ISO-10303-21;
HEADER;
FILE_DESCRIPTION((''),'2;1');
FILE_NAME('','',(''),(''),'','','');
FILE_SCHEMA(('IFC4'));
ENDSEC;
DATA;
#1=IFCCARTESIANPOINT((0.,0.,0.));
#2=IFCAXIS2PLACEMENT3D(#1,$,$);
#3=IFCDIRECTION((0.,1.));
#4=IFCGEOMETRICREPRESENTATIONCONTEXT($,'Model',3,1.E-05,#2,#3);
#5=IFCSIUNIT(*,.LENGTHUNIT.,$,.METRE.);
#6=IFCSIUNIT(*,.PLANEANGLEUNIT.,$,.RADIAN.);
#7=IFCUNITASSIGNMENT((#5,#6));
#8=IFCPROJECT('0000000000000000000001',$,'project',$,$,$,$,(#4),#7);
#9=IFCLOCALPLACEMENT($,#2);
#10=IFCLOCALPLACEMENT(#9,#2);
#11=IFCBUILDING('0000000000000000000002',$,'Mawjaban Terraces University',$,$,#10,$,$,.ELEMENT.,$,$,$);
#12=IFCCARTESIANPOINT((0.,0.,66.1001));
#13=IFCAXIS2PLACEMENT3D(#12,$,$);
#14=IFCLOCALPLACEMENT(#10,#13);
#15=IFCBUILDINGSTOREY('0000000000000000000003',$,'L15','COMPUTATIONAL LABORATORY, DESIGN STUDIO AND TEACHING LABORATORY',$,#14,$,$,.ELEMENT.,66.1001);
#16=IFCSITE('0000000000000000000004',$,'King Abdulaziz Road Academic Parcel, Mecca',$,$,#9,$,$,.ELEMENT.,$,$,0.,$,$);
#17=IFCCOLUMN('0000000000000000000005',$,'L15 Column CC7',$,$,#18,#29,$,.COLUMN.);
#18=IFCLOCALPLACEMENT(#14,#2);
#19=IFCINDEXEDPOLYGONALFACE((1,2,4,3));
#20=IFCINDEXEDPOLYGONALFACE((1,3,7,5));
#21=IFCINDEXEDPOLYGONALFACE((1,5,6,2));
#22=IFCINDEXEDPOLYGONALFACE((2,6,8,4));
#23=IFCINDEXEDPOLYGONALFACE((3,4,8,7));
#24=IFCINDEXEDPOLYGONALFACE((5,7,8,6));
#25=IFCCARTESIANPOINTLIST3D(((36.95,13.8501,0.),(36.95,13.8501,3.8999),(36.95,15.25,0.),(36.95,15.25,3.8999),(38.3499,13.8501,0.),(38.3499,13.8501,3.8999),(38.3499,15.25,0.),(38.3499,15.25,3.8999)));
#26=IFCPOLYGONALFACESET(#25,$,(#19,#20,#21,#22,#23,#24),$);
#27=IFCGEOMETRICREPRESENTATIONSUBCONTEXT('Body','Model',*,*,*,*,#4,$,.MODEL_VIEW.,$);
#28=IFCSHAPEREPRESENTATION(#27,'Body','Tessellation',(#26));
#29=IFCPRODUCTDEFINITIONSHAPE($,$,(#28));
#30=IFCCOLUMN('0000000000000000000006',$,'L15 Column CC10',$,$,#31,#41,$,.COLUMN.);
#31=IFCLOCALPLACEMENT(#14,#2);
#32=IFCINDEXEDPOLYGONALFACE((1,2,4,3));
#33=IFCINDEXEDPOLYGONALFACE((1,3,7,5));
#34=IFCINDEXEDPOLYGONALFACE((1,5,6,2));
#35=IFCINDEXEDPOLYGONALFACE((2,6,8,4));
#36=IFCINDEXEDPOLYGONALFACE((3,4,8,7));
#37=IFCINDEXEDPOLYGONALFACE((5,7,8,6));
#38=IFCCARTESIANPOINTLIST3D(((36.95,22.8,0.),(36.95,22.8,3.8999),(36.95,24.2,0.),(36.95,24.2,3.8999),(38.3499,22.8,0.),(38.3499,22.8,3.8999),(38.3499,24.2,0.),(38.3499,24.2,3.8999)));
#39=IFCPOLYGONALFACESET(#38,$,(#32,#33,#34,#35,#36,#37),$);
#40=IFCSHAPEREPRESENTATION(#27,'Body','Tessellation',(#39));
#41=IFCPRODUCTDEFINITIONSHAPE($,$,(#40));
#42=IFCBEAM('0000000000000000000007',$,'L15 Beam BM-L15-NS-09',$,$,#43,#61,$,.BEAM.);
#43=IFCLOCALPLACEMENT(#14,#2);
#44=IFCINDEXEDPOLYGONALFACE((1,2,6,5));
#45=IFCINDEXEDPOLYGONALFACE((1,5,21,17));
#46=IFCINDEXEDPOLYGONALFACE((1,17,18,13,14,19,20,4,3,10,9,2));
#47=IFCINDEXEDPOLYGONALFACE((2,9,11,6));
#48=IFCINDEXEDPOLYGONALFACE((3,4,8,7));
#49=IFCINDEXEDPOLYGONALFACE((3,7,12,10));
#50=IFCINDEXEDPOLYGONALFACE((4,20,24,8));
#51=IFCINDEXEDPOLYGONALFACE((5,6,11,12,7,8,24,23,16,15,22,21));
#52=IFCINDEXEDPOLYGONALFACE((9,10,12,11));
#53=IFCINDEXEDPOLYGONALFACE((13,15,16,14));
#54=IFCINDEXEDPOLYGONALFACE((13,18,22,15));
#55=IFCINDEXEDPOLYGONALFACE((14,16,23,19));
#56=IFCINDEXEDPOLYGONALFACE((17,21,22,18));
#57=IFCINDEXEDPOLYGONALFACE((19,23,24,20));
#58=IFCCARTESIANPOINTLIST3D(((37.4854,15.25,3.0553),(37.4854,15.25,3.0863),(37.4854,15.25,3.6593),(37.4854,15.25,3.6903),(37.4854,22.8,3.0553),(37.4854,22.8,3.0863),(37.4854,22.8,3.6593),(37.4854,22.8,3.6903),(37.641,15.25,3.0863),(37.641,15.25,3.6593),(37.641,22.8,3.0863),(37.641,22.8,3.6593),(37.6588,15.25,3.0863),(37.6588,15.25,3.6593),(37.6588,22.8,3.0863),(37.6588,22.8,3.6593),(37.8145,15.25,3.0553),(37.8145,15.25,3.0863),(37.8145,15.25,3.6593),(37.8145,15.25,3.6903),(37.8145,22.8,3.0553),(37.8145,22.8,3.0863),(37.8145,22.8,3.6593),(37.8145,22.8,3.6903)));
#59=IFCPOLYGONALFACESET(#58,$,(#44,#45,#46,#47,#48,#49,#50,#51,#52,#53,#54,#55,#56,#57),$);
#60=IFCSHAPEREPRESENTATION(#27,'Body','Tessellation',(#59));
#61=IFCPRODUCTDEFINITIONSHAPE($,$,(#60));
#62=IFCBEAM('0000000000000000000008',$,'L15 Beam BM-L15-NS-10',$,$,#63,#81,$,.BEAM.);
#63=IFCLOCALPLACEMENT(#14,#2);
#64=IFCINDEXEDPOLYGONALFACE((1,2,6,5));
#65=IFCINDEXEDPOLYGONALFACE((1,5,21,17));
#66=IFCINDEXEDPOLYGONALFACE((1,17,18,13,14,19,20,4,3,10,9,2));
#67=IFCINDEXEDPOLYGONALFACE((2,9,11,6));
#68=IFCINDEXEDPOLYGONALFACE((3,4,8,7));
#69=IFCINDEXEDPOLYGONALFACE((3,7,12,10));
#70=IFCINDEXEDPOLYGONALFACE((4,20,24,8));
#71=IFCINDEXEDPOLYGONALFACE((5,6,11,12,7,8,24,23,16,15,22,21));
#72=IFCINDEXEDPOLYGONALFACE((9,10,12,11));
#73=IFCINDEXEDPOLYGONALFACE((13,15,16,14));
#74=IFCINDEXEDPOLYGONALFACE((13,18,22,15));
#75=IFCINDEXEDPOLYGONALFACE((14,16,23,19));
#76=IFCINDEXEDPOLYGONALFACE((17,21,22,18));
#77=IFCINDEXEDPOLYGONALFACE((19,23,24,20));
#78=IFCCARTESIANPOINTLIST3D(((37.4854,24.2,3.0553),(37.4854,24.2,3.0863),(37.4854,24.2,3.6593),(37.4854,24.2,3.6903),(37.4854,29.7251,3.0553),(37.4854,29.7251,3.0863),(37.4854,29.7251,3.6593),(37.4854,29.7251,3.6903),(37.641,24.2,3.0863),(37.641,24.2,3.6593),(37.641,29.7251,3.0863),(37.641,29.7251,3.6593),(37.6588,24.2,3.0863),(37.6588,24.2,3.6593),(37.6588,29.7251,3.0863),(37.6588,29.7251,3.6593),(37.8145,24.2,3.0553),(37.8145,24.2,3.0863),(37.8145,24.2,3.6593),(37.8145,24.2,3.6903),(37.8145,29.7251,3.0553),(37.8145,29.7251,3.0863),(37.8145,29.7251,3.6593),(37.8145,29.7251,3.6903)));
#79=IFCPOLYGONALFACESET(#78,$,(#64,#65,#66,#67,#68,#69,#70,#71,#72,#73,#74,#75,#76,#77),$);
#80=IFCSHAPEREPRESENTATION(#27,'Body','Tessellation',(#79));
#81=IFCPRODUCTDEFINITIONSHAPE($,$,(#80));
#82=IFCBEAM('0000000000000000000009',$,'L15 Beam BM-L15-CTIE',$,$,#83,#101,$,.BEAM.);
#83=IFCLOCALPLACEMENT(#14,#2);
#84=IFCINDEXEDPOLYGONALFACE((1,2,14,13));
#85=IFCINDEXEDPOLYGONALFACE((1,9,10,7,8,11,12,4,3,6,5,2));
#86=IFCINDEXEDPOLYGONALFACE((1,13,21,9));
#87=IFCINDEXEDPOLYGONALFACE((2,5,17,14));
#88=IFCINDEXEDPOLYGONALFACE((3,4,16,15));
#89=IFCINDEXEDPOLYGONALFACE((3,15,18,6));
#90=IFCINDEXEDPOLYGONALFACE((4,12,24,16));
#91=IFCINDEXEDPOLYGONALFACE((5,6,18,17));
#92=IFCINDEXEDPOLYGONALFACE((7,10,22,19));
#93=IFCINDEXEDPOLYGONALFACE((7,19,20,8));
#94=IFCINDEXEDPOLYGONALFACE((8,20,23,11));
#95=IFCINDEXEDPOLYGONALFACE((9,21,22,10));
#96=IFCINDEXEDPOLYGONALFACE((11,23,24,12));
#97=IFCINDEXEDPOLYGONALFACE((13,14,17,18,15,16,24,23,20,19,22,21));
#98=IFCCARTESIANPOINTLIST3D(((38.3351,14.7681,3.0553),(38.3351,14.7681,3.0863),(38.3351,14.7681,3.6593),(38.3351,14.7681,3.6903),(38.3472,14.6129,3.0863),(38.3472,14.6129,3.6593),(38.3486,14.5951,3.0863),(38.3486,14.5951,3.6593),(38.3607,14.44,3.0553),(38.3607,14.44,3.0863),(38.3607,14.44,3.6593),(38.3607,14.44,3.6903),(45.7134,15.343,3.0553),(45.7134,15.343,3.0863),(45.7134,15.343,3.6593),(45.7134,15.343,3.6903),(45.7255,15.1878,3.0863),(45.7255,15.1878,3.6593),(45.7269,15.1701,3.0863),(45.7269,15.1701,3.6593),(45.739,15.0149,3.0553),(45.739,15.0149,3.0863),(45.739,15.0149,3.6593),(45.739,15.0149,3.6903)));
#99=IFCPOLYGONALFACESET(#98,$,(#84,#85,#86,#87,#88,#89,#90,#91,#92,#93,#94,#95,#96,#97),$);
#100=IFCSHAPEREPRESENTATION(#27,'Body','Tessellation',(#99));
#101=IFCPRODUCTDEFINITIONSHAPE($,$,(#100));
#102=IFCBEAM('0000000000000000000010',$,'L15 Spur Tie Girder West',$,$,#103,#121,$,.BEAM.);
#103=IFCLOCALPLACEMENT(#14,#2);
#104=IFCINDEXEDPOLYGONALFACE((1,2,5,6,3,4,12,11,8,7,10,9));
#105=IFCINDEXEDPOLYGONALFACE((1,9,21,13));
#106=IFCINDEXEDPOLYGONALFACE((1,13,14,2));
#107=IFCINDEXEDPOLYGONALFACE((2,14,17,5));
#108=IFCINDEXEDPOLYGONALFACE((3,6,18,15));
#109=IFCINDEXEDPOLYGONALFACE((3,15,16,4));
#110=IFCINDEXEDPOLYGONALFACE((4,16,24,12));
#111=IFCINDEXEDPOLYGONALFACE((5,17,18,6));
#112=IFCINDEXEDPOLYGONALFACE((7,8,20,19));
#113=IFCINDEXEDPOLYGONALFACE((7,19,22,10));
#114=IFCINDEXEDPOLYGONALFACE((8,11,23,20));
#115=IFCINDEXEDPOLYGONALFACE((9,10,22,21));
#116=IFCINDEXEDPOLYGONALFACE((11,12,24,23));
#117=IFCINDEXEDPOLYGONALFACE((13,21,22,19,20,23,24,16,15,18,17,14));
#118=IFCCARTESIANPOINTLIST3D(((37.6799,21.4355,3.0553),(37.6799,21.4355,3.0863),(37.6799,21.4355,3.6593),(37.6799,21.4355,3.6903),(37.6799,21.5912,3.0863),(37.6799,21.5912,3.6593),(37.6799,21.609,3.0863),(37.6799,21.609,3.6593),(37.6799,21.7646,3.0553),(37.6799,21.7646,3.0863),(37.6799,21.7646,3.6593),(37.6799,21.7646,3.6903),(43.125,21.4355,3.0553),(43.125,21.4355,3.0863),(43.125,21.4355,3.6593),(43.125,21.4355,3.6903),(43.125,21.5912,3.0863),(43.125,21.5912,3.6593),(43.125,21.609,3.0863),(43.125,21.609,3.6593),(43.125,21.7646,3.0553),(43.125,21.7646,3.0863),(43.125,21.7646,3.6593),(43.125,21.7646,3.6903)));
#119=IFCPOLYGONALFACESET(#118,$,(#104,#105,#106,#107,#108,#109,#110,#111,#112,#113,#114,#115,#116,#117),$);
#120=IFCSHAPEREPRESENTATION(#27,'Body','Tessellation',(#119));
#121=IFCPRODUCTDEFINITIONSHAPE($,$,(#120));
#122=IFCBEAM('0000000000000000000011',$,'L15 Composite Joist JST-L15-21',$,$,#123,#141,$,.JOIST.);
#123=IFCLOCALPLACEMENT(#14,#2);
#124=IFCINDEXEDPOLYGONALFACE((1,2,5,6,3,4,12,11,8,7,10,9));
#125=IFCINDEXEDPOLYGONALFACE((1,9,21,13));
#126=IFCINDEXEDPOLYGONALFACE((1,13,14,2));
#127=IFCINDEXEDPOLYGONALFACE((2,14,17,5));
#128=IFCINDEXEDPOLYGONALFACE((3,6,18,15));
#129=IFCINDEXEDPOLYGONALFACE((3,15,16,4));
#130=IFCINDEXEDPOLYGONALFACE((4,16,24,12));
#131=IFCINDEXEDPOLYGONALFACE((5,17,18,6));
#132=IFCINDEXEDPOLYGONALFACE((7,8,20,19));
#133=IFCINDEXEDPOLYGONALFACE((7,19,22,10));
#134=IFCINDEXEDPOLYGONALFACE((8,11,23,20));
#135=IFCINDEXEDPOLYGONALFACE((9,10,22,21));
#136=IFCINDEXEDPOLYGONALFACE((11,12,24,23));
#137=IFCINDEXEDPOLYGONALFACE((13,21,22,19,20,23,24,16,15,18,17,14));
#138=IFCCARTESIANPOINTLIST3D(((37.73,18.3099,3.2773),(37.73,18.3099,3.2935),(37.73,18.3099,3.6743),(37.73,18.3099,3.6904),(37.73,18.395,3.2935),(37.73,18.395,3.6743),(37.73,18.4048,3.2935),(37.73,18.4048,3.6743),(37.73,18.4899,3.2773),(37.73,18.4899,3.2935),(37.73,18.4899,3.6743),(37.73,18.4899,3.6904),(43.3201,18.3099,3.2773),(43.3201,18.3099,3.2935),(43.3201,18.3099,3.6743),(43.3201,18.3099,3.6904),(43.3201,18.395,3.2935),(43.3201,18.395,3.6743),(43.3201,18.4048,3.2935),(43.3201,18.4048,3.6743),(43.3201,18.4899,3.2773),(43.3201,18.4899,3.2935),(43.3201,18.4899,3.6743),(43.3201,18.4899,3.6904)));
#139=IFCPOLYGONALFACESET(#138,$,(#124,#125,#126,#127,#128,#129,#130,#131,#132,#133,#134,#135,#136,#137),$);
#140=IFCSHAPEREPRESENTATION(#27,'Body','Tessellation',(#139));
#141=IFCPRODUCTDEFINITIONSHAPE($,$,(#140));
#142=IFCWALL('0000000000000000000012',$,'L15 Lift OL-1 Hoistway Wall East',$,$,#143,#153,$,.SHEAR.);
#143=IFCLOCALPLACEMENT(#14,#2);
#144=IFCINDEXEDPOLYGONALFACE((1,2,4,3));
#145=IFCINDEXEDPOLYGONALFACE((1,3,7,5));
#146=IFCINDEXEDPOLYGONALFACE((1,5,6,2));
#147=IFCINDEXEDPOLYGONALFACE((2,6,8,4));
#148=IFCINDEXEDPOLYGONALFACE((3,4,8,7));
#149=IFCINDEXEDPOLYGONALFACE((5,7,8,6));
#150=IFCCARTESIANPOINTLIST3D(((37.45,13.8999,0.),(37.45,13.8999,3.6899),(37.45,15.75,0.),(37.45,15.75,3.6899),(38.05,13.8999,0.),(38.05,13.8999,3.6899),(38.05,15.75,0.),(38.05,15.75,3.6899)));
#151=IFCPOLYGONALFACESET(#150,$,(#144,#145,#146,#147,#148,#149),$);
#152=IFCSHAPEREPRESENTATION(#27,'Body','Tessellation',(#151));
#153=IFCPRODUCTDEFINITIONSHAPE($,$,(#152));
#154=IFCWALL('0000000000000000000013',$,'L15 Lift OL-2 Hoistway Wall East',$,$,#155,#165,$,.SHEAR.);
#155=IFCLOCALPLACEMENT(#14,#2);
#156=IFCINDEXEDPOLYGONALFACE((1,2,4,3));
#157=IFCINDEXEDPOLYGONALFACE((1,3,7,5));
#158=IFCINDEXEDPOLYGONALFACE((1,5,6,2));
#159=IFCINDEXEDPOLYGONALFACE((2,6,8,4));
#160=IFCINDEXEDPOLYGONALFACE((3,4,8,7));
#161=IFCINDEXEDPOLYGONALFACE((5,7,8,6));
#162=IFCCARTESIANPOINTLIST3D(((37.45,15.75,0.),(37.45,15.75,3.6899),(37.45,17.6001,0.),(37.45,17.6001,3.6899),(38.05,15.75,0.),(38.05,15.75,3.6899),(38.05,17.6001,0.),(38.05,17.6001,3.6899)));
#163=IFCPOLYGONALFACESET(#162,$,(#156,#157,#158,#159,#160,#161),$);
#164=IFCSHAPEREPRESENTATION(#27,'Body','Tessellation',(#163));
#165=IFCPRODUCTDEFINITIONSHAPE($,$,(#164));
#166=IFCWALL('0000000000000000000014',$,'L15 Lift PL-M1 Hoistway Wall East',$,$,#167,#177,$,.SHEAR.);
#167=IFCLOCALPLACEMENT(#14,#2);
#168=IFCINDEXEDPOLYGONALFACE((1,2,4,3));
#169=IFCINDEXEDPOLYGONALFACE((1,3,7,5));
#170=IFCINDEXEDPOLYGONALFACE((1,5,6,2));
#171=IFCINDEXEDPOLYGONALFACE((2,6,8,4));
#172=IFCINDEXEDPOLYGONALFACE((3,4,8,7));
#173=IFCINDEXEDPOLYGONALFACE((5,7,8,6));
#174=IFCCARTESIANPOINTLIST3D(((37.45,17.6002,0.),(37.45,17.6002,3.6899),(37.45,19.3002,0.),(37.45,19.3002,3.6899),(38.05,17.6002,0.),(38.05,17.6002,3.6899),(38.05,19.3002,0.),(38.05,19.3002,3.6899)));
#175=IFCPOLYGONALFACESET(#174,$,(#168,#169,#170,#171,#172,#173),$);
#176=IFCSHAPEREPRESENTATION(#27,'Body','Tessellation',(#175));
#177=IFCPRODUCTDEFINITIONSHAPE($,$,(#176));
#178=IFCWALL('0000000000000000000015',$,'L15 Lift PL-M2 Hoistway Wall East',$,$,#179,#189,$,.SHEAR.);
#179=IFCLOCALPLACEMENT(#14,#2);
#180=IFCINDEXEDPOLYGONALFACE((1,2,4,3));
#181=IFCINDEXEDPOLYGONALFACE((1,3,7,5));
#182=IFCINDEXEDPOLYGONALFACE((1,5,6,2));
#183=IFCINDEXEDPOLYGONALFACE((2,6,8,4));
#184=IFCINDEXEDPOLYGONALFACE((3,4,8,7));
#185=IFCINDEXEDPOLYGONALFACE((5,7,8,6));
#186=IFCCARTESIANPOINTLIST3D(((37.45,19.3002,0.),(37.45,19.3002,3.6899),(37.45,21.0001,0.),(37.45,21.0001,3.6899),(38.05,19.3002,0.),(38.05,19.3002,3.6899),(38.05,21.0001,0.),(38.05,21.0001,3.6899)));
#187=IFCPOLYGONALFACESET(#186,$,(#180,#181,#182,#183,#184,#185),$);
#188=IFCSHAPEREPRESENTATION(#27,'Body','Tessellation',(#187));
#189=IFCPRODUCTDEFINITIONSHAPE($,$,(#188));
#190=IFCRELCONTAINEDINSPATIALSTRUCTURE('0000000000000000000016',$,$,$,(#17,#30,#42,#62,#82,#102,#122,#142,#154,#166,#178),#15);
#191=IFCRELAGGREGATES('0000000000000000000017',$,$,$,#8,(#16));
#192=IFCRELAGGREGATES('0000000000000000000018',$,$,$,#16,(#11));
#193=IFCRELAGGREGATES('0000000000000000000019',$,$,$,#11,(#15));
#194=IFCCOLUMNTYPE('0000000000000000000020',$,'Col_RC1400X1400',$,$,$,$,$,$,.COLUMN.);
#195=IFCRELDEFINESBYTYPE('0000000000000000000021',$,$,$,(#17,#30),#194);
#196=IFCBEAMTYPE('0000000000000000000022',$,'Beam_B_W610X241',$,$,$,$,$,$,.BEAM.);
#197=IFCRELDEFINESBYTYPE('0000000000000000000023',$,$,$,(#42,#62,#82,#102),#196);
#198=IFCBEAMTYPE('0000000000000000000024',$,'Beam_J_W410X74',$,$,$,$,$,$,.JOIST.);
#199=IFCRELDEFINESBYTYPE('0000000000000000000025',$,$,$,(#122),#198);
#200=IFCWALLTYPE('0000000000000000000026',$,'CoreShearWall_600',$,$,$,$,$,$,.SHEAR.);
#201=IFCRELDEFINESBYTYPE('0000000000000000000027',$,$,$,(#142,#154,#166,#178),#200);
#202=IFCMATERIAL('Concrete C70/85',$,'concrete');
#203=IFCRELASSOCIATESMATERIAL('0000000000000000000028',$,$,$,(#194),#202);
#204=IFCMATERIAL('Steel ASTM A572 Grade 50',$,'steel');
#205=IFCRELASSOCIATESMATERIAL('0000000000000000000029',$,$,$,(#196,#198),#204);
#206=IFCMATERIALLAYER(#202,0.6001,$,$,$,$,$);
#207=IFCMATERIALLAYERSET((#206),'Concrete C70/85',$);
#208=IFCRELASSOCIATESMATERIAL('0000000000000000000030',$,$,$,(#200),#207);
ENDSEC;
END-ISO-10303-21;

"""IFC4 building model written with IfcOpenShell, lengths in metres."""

from ifc_helpers import new_model, si_unit, direction, frame, frame_2d, origin, origin_2d, place, context, subcontext, project, spatial, rectangle, i_section, extrude, material, layer, layer_set, material_profile, profile_set, type_object, element, save


model = new_model("IFC4")

# Units and contexts
model_context = context("Model", 3, precision=1e-05, world=origin(), true_north=direction((0.0, 1.0)))
body_context = subcontext(model_context, "Body", "Model", "MODEL_VIEW")
ifc_project = project(units=[si_unit("LENGTHUNIT", "METRE"), si_unit("PLANEANGLEUNIT", "RADIAN")], contexts=[model_context])

# Site, building, storey
site_placement = place(None, origin())
site = spatial("IfcSite", under=ifc_project, at=site_placement, Name="King Abdulaziz Road Academic Parcel, Mecca", CompositionType="ELEMENT", RefElevation=0.0)
building_placement = place(site_placement, origin())
building = spatial("IfcBuilding", under=site, at=building_placement, Name="Mawjaban Terraces University", CompositionType="ELEMENT")
storey_placement = place(building_placement, frame((0.0, 0.0, 66.1001)))
storey = spatial("IfcBuildingStorey", under=building, at=storey_placement, Name="L15", Description="COMPUTATIONAL LABORATORY, DESIGN STUDIO AND TEACHING LABORATORY", CompositionType="ELEMENT", Elevation=66.1001)

# Columns
ifc_material_1 = material(Name="Concrete C70/85", Category="concrete")
ifc_material_profile_1 = material_profile(ifc_material_1, rectangle(XDim=1.3999, YDim=1.3999, at=origin_2d()), Name="RC1400X1400")
ifc_profile_set_1 = profile_set([ifc_material_profile_1], Name="Concrete C70/85")
column_type = type_object("IfcColumnType", Name="Col_RC1400X1400", PredefinedType="COLUMN", material=ifc_profile_set_1)
for number, where, z_axis, x_axis, name in (
    (1, (37.6499, 14.55, 0.0), (0.0, 0.0, 1.0), (1.0, 0.0, 0.0), "L15 Column CC7"),
    (2, (37.6499, 23.5, 0.0), (0.0, 0.0, 1.0), (1.0, 0.0, 0.0), "L15 Column CC10"),
):
    element("IfcColumn", number, at=place(storey_placement, frame(where, z_axis=z_axis, x_axis=x_axis)), inside=storey, type_object=column_type, Name=name, PredefinedType="COLUMN", context=body_context, shape_type="SweptSolid", body=[
        extrude(rectangle(XDim=1.3999, YDim=1.3999, at=origin_2d()), origin(), (0.0, 0.0, 1.0), 3.8999),
    ])

# Beams
ifc_material_2 = material(Name="Steel ASTM A572 Grade 50", Category="steel")
ifc_material_profile_2 = material_profile(ifc_material_2, i_section(OverallWidth=0.3291, OverallDepth=0.635, WebThickness=0.0178, FlangeThickness=0.031, at=origin_2d()), Name="W610X241")
ifc_profile_set_2 = profile_set([ifc_material_profile_2], Name="Steel ASTM A572 Grade 50")
beam_type_1 = type_object("IfcBeamType", Name="Beam_B_W610X241", PredefinedType="BEAM", material=ifc_profile_set_2)
beam_1_placement = place(storey_placement, frame((37.6499, 15.25, 3.3728), z_axis=(0.0, 1.0, 0.0), x_axis=(-1.0, 0.0, 0.0)))
element("IfcBeam", 3, at=beam_1_placement, inside=storey, type_object=beam_type_1, Name="L15 Beam BM-L15-NS-09", PredefinedType="BEAM", context=body_context, shape_type="SweptSolid", body=[
    extrude(i_section(OverallWidth=0.3291, OverallDepth=0.635, WebThickness=0.0178, FlangeThickness=0.031, at=origin_2d()), origin(), (0.0, 0.0, 1.0), 7.55),
])
beam_2_placement = place(storey_placement, frame((37.6499, 24.2, 3.3728), z_axis=(0.0, 1.0, 0.0), x_axis=(-1.0, 0.0, 0.0)))
element("IfcBeam", 4, at=beam_2_placement, inside=storey, type_object=beam_type_1, Name="L15 Beam BM-L15-NS-10", PredefinedType="BEAM", context=body_context, shape_type="SweptSolid", body=[
    extrude(i_section(OverallWidth=0.3291, OverallDepth=0.635, WebThickness=0.0178, FlangeThickness=0.031, at=origin_2d()), origin(), (0.0, 0.0, 1.0), 5.5251),
])
beam_3_placement = place(storey_placement, frame((38.3479, 14.604, 3.3728), z_axis=(0.996978, 0.07769, 0.0), x_axis=(-0.07769, 0.996978, 0.0)))
element("IfcBeam", 5, at=beam_3_placement, inside=storey, type_object=beam_type_1, Name="L15 Beam BM-L15-CTIE", PredefinedType="BEAM", context=body_context, shape_type="SweptSolid", body=[
    extrude(i_section(OverallWidth=0.3291, OverallDepth=0.635, WebThickness=0.0178, FlangeThickness=0.031, at=origin_2d()), origin(), (0.0, 0.0, 1.0), 7.4006),
])
beam_4_placement = place(storey_placement, frame((37.6799, 21.6001, 3.3728), z_axis=(1.0, 0.0, 0.0), x_axis=(0.0, 1.0, 0.0)))
element("IfcBeam", 6, at=beam_4_placement, inside=storey, type_object=beam_type_1, Name="L15 Spur Tie Girder West", PredefinedType="BEAM", context=body_context, shape_type="SweptSolid", body=[
    extrude(i_section(OverallWidth=0.3291, OverallDepth=0.635, WebThickness=0.0178, FlangeThickness=0.031, at=origin_2d()), origin(), (0.0, 0.0, 1.0), 5.4451),
])
ifc_material_profile_3 = material_profile(ifc_material_2, i_section(OverallWidth=0.1799, OverallDepth=0.4131, WebThickness=0.0098, FlangeThickness=0.0161, at=origin_2d()), Name="W410X74")
ifc_profile_set_3 = profile_set([ifc_material_profile_3], Name="Steel ASTM A572 Grade 50")
beam_type_2 = type_object("IfcBeamType", Name="Beam_J_W410X74", PredefinedType="JOIST", material=ifc_profile_set_3)
beam_5_placement = place(storey_placement, frame((37.73, 18.3999, 3.4839), z_axis=(1.0, 0.0, 0.0), x_axis=(0.0, 1.0, 0.0)))
element("IfcBeam", 7, at=beam_5_placement, inside=storey, type_object=beam_type_2, Name="L15 Composite Joist JST-L15-21", PredefinedType="JOIST", context=body_context, shape_type="SweptSolid", body=[
    extrude(i_section(OverallWidth=0.1799, OverallDepth=0.4131, WebThickness=0.0098, FlangeThickness=0.0161, at=origin_2d()), origin(), (0.0, 0.0, 1.0), 5.5901),
])

# Walls
ifc_layer_1 = layer(ifc_material_1, 0.6001)
ifc_layer_set_1 = layer_set([ifc_layer_1], Name="Concrete C70/85")
wall_type_1 = type_object("IfcWallType", Name="CoreShearWall_600", PredefinedType="SHEAR", material=ifc_layer_set_1)
for number, where, z_axis, x_axis, name in (
    (8, (37.75, 13.8999, 0.0), (0.0, 0.0, 1.0), (0.0, 1.0, 0.0), "L15 Lift OL-1 Hoistway Wall East"),
    (9, (37.75, 15.75, 0.0), (0.0, 0.0, 1.0), (0.0, 1.0, 0.0), "L15 Lift OL-2 Hoistway Wall East"),
):
    element("IfcWall", number, at=place(storey_placement, frame(where, z_axis=z_axis, x_axis=x_axis)), inside=storey, type_object=wall_type_1, Name=name, PredefinedType="SHEAR", context=body_context, shape_type="SweptSolid", body=[
        extrude(rectangle(XDim=1.8501, YDim=0.6001, at=frame_2d((0.925, 0.0))), origin(), (0.0, 0.0, 1.0), 3.6899),
    ])
for number, where, z_axis, x_axis, name in (
    (10, (37.75, 17.6001, 0.0), (0.0, 0.0, 1.0), (0.0, 1.0, 0.0), "L15 Lift PL-M1 Hoistway Wall East"),
    (11, (37.75, 19.3, 0.0), (0.0, 0.0, 1.0), (0.0, 1.0, 0.0), "L15 Lift PL-M2 Hoistway Wall East"),
):
    element("IfcWall", number, at=place(storey_placement, frame(where, z_axis=z_axis, x_axis=x_axis)), inside=storey, type_object=wall_type_1, Name=name, PredefinedType="SHEAR", context=body_context, shape_type="SweptSolid", body=[
        extrude(rectangle(XDim=1.7, YDim=0.6001, at=frame_2d((0.8501, 0.0))), origin(), (0.0, 0.0, 1.0), 3.6899),
    ])

save(model, "model.ifc")
